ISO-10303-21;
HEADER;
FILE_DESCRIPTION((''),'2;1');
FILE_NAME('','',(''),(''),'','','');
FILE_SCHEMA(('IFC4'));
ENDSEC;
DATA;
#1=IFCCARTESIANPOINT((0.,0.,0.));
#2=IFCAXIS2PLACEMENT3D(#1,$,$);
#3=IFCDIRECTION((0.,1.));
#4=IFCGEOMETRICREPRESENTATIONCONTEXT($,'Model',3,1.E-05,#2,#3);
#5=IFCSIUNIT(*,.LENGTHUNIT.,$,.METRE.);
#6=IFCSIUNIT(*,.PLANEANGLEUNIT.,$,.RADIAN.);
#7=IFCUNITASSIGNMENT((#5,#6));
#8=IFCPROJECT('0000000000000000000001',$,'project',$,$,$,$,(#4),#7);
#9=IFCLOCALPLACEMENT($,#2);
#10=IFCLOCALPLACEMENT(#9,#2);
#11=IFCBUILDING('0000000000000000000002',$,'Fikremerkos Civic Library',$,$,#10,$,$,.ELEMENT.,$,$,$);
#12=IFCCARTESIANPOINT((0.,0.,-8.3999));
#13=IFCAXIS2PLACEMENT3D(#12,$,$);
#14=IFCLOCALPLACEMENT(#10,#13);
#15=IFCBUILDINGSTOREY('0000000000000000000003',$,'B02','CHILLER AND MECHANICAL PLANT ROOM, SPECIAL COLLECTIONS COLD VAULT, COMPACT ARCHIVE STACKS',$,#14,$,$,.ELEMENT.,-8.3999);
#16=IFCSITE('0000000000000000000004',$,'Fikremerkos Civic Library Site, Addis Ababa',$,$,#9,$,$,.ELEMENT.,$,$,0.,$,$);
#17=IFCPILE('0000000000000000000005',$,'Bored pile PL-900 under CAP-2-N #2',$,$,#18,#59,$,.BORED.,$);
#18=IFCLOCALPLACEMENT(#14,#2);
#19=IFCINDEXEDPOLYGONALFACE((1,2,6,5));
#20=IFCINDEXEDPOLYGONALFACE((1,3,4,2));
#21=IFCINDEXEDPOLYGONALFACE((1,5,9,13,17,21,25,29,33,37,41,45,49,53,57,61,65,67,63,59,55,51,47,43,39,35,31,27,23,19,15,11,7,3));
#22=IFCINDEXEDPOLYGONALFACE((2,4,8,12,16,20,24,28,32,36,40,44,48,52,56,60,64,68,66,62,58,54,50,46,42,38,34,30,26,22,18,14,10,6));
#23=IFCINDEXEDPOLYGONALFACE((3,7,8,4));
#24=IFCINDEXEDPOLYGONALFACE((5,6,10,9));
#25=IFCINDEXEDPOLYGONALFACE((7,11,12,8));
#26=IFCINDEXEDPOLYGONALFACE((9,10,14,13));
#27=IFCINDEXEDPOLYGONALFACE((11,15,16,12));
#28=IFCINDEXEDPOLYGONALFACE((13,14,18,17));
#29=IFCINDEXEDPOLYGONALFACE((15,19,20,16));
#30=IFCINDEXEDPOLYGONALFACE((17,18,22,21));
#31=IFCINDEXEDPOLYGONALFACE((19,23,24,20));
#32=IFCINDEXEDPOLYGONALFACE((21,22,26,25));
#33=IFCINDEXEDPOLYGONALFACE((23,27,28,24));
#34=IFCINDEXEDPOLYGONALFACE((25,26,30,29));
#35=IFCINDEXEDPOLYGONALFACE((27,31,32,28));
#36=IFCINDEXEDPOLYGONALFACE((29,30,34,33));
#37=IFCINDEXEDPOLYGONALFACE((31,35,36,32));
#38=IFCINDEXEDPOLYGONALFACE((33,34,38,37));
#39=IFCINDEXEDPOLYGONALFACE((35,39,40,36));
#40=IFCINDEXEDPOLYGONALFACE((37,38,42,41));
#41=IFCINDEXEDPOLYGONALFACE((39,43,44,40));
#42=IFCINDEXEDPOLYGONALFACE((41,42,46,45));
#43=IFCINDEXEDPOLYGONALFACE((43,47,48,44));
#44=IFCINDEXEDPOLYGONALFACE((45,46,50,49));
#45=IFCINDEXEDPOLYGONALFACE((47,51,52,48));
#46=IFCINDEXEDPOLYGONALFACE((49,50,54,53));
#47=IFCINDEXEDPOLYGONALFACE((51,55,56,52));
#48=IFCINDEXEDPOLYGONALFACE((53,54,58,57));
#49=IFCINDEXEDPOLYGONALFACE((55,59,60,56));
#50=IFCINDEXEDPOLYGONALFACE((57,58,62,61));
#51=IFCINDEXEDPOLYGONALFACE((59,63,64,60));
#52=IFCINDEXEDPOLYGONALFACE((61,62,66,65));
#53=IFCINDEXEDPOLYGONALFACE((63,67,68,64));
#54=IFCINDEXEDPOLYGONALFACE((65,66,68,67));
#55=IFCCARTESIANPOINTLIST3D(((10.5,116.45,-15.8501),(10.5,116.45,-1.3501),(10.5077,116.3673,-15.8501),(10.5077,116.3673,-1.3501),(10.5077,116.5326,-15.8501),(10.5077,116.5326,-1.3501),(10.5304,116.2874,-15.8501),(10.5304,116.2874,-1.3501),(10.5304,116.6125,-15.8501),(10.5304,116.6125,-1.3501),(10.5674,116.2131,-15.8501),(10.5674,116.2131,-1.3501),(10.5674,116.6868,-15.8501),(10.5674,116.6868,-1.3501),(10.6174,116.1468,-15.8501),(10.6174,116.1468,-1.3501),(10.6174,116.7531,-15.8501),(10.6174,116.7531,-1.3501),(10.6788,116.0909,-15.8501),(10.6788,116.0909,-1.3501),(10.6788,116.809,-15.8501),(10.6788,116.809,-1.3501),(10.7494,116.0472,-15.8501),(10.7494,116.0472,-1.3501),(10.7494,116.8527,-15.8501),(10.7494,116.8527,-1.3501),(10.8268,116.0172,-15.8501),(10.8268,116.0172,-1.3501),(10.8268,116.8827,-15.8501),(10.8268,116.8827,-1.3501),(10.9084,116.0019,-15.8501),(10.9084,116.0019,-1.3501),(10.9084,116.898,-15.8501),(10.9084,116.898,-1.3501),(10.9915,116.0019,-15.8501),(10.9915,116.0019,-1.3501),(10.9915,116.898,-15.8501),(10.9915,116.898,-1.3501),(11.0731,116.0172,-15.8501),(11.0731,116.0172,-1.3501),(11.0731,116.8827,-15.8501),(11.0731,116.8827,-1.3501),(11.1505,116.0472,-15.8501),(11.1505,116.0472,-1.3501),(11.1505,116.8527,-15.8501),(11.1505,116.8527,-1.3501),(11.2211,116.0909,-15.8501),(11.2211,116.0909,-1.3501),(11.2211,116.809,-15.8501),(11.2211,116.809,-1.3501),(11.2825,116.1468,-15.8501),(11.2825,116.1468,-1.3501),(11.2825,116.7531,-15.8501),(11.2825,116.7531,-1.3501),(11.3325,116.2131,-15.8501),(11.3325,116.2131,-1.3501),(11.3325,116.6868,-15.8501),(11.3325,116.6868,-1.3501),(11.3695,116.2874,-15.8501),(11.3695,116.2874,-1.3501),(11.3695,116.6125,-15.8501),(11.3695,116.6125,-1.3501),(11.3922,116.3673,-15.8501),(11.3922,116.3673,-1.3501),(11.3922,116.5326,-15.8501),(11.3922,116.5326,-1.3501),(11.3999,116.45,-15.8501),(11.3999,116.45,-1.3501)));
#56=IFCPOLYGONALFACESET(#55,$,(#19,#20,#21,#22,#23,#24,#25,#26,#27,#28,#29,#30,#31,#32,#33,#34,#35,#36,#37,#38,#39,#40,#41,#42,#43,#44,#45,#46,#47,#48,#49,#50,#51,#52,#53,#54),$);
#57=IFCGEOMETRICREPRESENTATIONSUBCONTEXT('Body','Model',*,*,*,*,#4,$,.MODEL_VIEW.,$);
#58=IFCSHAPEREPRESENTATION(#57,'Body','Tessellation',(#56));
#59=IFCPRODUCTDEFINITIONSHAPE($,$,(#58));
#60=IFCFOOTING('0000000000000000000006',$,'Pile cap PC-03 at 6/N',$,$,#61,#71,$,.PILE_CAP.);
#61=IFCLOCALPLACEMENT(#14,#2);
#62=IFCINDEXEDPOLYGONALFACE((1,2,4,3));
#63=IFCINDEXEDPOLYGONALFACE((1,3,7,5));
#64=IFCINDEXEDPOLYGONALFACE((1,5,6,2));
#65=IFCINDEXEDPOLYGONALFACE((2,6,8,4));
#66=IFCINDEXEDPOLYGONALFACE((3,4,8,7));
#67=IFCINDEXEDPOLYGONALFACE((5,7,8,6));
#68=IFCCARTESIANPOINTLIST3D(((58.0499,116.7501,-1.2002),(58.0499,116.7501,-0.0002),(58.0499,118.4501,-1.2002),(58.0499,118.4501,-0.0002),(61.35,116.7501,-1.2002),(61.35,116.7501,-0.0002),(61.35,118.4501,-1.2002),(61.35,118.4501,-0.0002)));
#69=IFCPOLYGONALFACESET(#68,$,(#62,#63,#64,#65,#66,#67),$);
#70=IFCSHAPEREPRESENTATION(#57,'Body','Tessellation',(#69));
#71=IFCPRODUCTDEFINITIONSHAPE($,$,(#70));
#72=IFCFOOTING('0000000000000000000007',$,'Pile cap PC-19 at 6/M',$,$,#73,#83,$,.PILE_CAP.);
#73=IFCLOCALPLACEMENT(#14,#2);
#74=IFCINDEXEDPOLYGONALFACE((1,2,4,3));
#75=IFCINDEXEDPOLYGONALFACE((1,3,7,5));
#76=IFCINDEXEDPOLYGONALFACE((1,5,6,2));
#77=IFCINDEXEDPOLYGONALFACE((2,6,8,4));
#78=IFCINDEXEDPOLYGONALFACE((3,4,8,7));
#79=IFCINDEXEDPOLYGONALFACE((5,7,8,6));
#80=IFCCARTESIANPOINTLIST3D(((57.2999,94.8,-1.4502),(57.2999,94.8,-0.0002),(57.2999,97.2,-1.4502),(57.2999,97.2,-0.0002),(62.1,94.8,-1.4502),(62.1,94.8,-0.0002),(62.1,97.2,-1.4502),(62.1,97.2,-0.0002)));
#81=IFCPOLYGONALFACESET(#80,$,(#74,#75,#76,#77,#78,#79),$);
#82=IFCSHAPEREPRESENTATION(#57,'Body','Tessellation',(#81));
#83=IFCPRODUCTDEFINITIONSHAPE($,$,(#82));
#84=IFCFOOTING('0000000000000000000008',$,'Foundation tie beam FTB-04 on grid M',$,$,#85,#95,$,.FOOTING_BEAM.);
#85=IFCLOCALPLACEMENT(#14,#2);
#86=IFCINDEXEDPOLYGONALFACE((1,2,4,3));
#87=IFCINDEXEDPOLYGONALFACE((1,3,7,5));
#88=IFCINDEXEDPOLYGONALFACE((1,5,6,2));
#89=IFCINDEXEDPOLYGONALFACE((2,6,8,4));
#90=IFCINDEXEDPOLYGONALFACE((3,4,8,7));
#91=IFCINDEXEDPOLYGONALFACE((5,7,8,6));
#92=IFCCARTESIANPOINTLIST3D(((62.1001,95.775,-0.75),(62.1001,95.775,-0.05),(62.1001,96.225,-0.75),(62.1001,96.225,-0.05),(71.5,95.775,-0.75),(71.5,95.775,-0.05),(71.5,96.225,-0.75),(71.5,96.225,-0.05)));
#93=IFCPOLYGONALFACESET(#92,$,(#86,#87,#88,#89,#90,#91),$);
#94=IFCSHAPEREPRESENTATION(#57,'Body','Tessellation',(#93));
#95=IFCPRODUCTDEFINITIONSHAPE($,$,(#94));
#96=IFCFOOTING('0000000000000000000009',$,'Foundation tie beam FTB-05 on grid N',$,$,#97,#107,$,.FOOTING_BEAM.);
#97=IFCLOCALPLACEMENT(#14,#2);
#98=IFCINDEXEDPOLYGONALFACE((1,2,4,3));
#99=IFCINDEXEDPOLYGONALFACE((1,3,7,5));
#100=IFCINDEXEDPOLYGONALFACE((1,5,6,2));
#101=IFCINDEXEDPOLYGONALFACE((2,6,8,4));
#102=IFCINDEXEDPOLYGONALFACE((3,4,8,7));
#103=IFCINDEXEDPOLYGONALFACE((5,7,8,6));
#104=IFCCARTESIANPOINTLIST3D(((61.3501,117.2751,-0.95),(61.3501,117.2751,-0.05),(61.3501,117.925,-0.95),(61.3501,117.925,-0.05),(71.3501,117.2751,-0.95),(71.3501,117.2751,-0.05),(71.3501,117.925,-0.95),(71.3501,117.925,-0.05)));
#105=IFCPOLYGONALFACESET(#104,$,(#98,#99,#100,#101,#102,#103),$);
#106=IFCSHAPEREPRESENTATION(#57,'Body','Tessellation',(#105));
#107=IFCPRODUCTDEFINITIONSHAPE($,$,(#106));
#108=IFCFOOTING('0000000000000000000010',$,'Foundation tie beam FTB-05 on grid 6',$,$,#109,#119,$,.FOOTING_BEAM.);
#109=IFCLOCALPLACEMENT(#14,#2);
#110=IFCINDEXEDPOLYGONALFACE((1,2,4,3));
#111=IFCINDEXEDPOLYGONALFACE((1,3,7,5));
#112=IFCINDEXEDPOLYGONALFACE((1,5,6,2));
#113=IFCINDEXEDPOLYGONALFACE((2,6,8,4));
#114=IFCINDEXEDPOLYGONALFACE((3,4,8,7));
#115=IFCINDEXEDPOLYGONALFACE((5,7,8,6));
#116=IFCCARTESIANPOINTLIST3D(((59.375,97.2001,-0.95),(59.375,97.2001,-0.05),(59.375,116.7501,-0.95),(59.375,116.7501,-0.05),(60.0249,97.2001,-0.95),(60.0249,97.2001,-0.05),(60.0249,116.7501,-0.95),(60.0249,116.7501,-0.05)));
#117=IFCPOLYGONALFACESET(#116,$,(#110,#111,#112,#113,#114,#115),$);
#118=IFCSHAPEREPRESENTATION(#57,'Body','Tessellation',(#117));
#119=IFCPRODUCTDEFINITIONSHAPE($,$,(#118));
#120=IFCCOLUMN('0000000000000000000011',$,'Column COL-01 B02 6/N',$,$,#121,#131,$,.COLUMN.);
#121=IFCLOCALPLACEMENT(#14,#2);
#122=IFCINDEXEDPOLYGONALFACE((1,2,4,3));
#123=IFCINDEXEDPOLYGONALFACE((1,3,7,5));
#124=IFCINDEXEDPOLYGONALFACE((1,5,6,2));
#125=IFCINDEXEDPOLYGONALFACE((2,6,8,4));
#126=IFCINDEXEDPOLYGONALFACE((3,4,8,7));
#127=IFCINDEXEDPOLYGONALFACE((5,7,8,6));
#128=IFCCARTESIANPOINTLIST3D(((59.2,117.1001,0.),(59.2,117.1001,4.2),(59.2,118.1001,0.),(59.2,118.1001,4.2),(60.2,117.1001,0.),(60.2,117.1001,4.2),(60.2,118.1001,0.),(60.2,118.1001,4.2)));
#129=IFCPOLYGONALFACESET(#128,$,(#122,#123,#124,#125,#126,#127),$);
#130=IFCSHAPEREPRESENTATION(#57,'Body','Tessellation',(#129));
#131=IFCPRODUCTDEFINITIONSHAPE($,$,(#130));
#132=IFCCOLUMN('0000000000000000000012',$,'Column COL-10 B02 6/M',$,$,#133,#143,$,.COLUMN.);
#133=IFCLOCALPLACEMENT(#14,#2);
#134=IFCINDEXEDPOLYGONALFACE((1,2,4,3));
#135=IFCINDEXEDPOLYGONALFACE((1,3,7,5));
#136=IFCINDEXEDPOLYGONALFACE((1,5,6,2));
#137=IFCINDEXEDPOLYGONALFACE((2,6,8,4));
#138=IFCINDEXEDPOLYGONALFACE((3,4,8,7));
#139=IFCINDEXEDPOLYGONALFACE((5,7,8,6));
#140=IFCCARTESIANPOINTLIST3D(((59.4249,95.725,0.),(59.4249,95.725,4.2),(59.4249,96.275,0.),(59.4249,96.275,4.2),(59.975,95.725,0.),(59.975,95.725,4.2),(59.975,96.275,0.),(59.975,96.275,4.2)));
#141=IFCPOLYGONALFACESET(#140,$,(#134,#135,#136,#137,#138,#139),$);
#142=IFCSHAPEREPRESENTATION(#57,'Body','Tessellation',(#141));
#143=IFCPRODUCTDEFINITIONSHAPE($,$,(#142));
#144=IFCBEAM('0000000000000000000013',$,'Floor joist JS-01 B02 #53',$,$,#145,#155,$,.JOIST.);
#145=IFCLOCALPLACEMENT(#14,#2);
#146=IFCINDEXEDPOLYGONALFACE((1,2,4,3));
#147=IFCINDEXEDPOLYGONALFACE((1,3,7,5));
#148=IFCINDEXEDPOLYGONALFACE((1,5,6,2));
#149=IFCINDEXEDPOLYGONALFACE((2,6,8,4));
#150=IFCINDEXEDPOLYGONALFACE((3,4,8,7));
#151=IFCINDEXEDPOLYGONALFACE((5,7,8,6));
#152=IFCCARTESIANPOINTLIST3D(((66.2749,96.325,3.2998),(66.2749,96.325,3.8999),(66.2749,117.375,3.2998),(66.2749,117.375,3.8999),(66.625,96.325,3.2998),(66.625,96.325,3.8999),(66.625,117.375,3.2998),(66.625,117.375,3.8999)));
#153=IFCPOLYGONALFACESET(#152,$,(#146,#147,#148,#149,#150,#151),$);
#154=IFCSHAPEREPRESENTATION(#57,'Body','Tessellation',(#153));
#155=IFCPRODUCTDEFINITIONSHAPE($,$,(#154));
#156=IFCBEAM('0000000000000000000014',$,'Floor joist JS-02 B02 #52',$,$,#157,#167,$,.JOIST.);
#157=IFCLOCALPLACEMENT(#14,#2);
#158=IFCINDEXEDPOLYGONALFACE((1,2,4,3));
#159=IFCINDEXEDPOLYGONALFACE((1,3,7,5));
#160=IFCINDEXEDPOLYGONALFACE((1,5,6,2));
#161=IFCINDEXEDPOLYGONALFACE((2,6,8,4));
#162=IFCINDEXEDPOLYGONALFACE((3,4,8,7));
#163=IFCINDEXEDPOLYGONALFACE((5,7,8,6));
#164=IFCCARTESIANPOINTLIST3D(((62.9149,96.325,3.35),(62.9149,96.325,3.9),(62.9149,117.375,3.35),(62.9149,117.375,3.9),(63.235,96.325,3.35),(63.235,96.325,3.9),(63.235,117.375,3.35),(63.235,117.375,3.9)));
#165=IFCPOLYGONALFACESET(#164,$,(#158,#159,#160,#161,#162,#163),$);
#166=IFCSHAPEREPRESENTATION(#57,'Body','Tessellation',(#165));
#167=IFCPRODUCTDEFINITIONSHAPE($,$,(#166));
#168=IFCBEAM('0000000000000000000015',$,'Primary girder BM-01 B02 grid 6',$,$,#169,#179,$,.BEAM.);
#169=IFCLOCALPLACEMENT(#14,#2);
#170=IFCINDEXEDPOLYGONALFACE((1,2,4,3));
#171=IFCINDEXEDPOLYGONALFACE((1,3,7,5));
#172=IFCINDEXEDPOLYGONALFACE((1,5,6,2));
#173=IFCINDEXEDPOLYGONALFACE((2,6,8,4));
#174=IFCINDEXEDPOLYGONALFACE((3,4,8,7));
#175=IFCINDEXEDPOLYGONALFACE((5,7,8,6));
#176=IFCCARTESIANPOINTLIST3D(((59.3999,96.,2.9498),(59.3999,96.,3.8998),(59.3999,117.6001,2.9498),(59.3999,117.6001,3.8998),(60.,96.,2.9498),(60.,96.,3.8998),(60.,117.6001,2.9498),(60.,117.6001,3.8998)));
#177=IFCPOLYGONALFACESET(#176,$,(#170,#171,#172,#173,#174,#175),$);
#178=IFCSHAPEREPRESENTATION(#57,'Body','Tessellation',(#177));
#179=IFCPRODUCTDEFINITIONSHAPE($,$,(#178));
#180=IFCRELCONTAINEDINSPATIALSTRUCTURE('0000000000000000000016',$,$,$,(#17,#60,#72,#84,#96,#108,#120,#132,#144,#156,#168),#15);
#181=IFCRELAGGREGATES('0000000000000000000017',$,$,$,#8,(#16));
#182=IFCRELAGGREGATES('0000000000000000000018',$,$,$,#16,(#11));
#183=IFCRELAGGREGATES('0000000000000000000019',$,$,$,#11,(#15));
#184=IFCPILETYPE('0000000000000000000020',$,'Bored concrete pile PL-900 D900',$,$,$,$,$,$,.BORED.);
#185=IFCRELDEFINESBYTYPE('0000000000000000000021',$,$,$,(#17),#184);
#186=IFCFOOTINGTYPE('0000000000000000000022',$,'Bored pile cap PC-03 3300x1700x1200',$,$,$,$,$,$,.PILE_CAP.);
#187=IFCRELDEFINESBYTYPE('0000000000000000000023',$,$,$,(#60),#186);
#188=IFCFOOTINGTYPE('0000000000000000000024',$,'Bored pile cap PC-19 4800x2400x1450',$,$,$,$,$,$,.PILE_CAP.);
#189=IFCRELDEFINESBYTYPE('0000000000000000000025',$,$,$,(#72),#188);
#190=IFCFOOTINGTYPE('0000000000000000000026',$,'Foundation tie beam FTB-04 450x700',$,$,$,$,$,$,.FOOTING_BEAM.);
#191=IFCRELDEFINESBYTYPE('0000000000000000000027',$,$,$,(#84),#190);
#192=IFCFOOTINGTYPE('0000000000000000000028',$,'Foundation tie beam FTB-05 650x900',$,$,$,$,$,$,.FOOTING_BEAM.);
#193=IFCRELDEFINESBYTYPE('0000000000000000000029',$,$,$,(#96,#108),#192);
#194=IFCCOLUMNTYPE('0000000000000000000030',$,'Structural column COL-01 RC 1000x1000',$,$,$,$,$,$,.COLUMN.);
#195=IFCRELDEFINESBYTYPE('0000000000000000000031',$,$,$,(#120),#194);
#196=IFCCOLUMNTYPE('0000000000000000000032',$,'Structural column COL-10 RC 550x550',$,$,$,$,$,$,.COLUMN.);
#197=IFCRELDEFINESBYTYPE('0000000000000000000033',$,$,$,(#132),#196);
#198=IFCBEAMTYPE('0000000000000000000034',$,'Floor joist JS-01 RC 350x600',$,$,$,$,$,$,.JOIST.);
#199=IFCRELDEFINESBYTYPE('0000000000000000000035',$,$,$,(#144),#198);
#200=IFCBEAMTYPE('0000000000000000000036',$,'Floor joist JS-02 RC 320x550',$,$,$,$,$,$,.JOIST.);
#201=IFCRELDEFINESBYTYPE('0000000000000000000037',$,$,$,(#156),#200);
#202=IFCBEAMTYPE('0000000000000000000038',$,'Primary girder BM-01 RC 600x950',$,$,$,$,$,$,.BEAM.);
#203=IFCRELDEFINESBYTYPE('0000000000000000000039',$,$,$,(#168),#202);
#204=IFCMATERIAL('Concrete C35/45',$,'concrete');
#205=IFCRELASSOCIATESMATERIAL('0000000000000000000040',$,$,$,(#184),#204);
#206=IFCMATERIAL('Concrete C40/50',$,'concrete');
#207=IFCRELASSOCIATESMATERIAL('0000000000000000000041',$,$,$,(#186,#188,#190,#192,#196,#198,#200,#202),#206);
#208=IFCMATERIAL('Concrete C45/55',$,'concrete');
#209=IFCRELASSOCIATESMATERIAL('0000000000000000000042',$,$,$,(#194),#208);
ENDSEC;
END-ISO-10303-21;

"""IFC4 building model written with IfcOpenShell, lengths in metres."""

from ifc_helpers import new_model, si_unit, direction, frame, origin, origin_2d, place, context, subcontext, project, spatial, rectangle, circle, extrude, material, material_profile, profile_set, type_object, element, save


model = new_model("IFC4")

# Units and contexts
model_context = context("Model", 3, precision=1e-05, world=origin(), true_north=direction((0.0, 1.0)))
body_context = subcontext(model_context, "Body", "Model", "MODEL_VIEW")
ifc_project = project(units=[si_unit("LENGTHUNIT", "METRE"), si_unit("PLANEANGLEUNIT", "RADIAN")], contexts=[model_context])

# Site, building, storey
site_placement = place(None, origin())
site = spatial("IfcSite", under=ifc_project, at=site_placement, Name="Fikremerkos Civic Library Site, Addis Ababa", CompositionType="ELEMENT", RefElevation=0.0)
building_placement = place(site_placement, origin())
building = spatial("IfcBuilding", under=site, at=building_placement, Name="Fikremerkos Civic Library", CompositionType="ELEMENT")
storey_placement = place(building_placement, frame((0.0, 0.0, -8.3999)))
storey = spatial("IfcBuildingStorey", under=building, at=storey_placement, Name="B02", Description="CHILLER AND MECHANICAL PLANT ROOM, SPECIAL COLLECTIONS COLD VAULT, COMPACT ARCHIVE STACKS", CompositionType="ELEMENT", Elevation=-8.3999)

# Pile
ifc_material_1 = material(Name="Concrete C35/45", Category="concrete")
ifc_material_profile_1 = material_profile(ifc_material_1, circle(Radius=0.45, at=origin_2d()), Name="BORED PILE 900")
ifc_profile_set_1 = profile_set([ifc_material_profile_1], Name="Concrete C35/45")
pile_type_1 = type_object("IfcPileType", Name="Bored concrete pile PL-900 D900", PredefinedType="BORED", material=ifc_profile_set_1)
pile_placement = place(storey_placement, frame((10.95, 116.45, -1.3501), z_axis=(0.0, 0.0, -1.0), x_axis=(1.0, 0.0, 0.0)))
element("IfcPile", 1, at=pile_placement, inside=storey, type_object=pile_type_1, Name="Bored pile PL-900 under CAP-2-N #2", PredefinedType="BORED", context=body_context, shape_type="SweptSolid", body=[
    extrude(circle(Radius=0.45, at=origin_2d()), origin(), (0.0, 0.0, 1.0), 14.5),
])

# Footings
ifc_material_2 = material(Name="Concrete C40/50", Category="concrete")
footing_type_1 = type_object("IfcFootingType", Name="Bored pile cap PC-03 3300x1700x1200", PredefinedType="PILE_CAP", material=ifc_material_2)
footing_1_placement = place(storey_placement, frame((59.7, 117.6001, -1.2002), z_axis=(0.0, 0.0, 1.0), x_axis=(1.0, 0.0, 0.0)))
element("IfcFooting", 2, at=footing_1_placement, inside=storey, type_object=footing_type_1, Name="Pile cap PC-03 at 6/N", PredefinedType="PILE_CAP", context=body_context, shape_type="SweptSolid", body=[
    extrude(rectangle(XDim=3.3, YDim=1.7, at=origin_2d()), origin(), (0.0, 0.0, 1.0), 1.2),
])
footing_type_2 = type_object("IfcFootingType", Name="Bored pile cap PC-19 4800x2400x1450", PredefinedType="PILE_CAP", material=ifc_material_2)
footing_2_placement = place(storey_placement, frame((59.7, 96.0, -1.4502), z_axis=(0.0, 0.0, 1.0), x_axis=(1.0, 0.0, 0.0)))
element("IfcFooting", 3, at=footing_2_placement, inside=storey, type_object=footing_type_2, Name="Pile cap PC-19 at 6/M", PredefinedType="PILE_CAP", context=body_context, shape_type="SweptSolid", body=[
    extrude(rectangle(XDim=4.8, YDim=2.3999, at=origin_2d()), origin(), (0.0, 0.0, 1.0), 1.45),
])
footing_type_3 = type_object("IfcFootingType", Name="Foundation tie beam FTB-04 450x700", PredefinedType="FOOTING_BEAM", material=ifc_material_2)
footing_3_placement = place(storey_placement, frame((66.8, 96.0, -0.75), z_axis=(0.0, 0.0, 1.0), x_axis=(1.0, 0.0, 0.0)))
element("IfcFooting", 4, at=footing_3_placement, inside=storey, type_object=footing_type_3, Name="Foundation tie beam FTB-04 on grid M", PredefinedType="FOOTING_BEAM", context=body_context, shape_type="SweptSolid", body=[
    extrude(rectangle(XDim=9.3999, YDim=0.45, at=origin_2d()), origin(), (0.0, 0.0, 1.0), 0.7),
])
footing_type_4 = type_object("IfcFootingType", Name="Foundation tie beam FTB-05 650x900", PredefinedType="FOOTING_BEAM", material=ifc_material_2)
footing_4_placement = place(storey_placement, frame((66.3501, 117.6001, -0.95), z_axis=(0.0, 0.0, 1.0), x_axis=(1.0, 0.0, 0.0)))
element("IfcFooting", 5, at=footing_4_placement, inside=storey, type_object=footing_type_4, Name="Foundation tie beam FTB-05 on grid N", PredefinedType="FOOTING_BEAM", context=body_context, shape_type="SweptSolid", body=[
    extrude(rectangle(XDim=10.0, YDim=0.6499, at=origin_2d()), origin(), (0.0, 0.0, 1.0), 0.8999),
])
footing_5_placement = place(storey_placement, frame((59.7, 106.9751, -0.95), z_axis=(0.0, 0.0, 1.0), x_axis=(0.0, 1.0, 0.0)))
element("IfcFooting", 6, at=footing_5_placement, inside=storey, type_object=footing_type_4, Name="Foundation tie beam FTB-05 on grid 6", PredefinedType="FOOTING_BEAM", context=body_context, shape_type="SweptSolid", body=[
    extrude(rectangle(XDim=19.55, YDim=0.6499, at=origin_2d()), origin(), (0.0, 0.0, 1.0), 0.8999),
])

# Columns
ifc_material_3 = material(Name="Concrete C45/55", Category="concrete")
ifc_material_profile_2 = material_profile(ifc_material_3, rectangle(XDim=1.0, YDim=1.0, at=origin_2d()), Name="RC 1000x1000")
ifc_profile_set_2 = profile_set([ifc_material_profile_2], Name="Concrete C45/55")
column_type_1 = type_object("IfcColumnType", Name="Structural column COL-01 RC 1000x1000", PredefinedType="COLUMN", material=ifc_profile_set_2)
column_1_placement = place(storey_placement, frame((59.7, 117.6001, 0.0), z_axis=(0.0, 0.0, 1.0), x_axis=(1.0, 0.0, 0.0)))
element("IfcColumn", 7, at=column_1_placement, inside=storey, type_object=column_type_1, Name="Column COL-01 B02 6/N", PredefinedType="COLUMN", context=body_context, shape_type="SweptSolid", body=[
    extrude(rectangle(XDim=1.0, YDim=1.0, at=origin_2d()), origin(), (0.0, 0.0, 1.0), 4.2),
])
ifc_material_profile_3 = material_profile(ifc_material_2, rectangle(XDim=0.55, YDim=0.55, at=origin_2d()), Name="RC 550x550")
ifc_profile_set_3 = profile_set([ifc_material_profile_3], Name="Concrete C40/50")
column_type_2 = type_object("IfcColumnType", Name="Structural column COL-10 RC 550x550", PredefinedType="COLUMN", material=ifc_profile_set_3)
column_2_placement = place(storey_placement, frame((59.7, 96.0, 0.0), z_axis=(0.0, 0.0, 1.0), x_axis=(1.0, 0.0, 0.0)))
element("IfcColumn", 8, at=column_2_placement, inside=storey, type_object=column_type_2, Name="Column COL-10 B02 6/M", PredefinedType="COLUMN", context=body_context, shape_type="SweptSolid", body=[
    extrude(rectangle(XDim=0.55, YDim=0.55, at=origin_2d()), origin(), (0.0, 0.0, 1.0), 4.2),
])

# Beams
ifc_material_profile_4 = material_profile(ifc_material_2, rectangle(XDim=0.3501, YDim=0.6001, at=origin_2d()), Name="RC 350x600")
ifc_profile_set_4 = profile_set([ifc_material_profile_4], Name="Concrete C40/50")
beam_type_1 = type_object("IfcBeamType", Name="Floor joist JS-01 RC 350x600", PredefinedType="JOIST", material=ifc_profile_set_4)
beam_1_placement = place(storey_placement, frame((66.45, 96.325, 3.5999), z_axis=(0.0, 1.0, 0.0), x_axis=(-1.0, 0.0, 0.0)))
element("IfcBeam", 9, at=beam_1_placement, inside=storey, type_object=beam_type_1, Name="Floor joist JS-01 B02 #53", PredefinedType="JOIST", context=body_context, shape_type="SweptSolid", body=[
    extrude(rectangle(XDim=0.3501, YDim=0.6001, at=origin_2d()), origin(), (0.0, 0.0, 1.0), 21.05),
])
ifc_material_profile_5 = material_profile(ifc_material_2, rectangle(XDim=0.3201, YDim=0.55, at=origin_2d()), Name="RC 320x550")
ifc_profile_set_5 = profile_set([ifc_material_profile_5], Name="Concrete C40/50")
beam_type_2 = type_object("IfcBeamType", Name="Floor joist JS-02 RC 320x550", PredefinedType="JOIST", material=ifc_profile_set_5)
beam_2_placement = place(storey_placement, frame((63.075, 96.325, 3.625), z_axis=(0.0, 1.0, 0.0), x_axis=(-1.0, 0.0, 0.0)))
element("IfcBeam", 10, at=beam_2_placement, inside=storey, type_object=beam_type_2, Name="Floor joist JS-02 B02 #52", PredefinedType="JOIST", context=body_context, shape_type="SweptSolid", body=[
    extrude(rectangle(XDim=0.3201, YDim=0.55, at=origin_2d()), origin(), (0.0, 0.0, 1.0), 21.05),
])
ifc_material_profile_6 = material_profile(ifc_material_2, rectangle(XDim=0.6001, YDim=0.95, at=origin_2d()), Name="RC 600x950")
ifc_profile_set_6 = profile_set([ifc_material_profile_6], Name="Concrete C40/50")
beam_type_3 = type_object("IfcBeamType", Name="Primary girder BM-01 RC 600x950", PredefinedType="BEAM", material=ifc_profile_set_6)
beam_3_placement = place(storey_placement, frame((59.7, 96.0, 3.4248), z_axis=(0.0, 1.0, 0.0), x_axis=(-1.0, 0.0, 0.0)))
element("IfcBeam", 11, at=beam_3_placement, inside=storey, type_object=beam_type_3, Name="Primary girder BM-01 B02 grid 6", PredefinedType="BEAM", context=body_context, shape_type="SweptSolid", body=[
    extrude(rectangle(XDim=0.6001, YDim=0.95, at=origin_2d()), origin(), (0.0, 0.0, 1.0), 21.6001),
])

save(model, "model.ifc")
